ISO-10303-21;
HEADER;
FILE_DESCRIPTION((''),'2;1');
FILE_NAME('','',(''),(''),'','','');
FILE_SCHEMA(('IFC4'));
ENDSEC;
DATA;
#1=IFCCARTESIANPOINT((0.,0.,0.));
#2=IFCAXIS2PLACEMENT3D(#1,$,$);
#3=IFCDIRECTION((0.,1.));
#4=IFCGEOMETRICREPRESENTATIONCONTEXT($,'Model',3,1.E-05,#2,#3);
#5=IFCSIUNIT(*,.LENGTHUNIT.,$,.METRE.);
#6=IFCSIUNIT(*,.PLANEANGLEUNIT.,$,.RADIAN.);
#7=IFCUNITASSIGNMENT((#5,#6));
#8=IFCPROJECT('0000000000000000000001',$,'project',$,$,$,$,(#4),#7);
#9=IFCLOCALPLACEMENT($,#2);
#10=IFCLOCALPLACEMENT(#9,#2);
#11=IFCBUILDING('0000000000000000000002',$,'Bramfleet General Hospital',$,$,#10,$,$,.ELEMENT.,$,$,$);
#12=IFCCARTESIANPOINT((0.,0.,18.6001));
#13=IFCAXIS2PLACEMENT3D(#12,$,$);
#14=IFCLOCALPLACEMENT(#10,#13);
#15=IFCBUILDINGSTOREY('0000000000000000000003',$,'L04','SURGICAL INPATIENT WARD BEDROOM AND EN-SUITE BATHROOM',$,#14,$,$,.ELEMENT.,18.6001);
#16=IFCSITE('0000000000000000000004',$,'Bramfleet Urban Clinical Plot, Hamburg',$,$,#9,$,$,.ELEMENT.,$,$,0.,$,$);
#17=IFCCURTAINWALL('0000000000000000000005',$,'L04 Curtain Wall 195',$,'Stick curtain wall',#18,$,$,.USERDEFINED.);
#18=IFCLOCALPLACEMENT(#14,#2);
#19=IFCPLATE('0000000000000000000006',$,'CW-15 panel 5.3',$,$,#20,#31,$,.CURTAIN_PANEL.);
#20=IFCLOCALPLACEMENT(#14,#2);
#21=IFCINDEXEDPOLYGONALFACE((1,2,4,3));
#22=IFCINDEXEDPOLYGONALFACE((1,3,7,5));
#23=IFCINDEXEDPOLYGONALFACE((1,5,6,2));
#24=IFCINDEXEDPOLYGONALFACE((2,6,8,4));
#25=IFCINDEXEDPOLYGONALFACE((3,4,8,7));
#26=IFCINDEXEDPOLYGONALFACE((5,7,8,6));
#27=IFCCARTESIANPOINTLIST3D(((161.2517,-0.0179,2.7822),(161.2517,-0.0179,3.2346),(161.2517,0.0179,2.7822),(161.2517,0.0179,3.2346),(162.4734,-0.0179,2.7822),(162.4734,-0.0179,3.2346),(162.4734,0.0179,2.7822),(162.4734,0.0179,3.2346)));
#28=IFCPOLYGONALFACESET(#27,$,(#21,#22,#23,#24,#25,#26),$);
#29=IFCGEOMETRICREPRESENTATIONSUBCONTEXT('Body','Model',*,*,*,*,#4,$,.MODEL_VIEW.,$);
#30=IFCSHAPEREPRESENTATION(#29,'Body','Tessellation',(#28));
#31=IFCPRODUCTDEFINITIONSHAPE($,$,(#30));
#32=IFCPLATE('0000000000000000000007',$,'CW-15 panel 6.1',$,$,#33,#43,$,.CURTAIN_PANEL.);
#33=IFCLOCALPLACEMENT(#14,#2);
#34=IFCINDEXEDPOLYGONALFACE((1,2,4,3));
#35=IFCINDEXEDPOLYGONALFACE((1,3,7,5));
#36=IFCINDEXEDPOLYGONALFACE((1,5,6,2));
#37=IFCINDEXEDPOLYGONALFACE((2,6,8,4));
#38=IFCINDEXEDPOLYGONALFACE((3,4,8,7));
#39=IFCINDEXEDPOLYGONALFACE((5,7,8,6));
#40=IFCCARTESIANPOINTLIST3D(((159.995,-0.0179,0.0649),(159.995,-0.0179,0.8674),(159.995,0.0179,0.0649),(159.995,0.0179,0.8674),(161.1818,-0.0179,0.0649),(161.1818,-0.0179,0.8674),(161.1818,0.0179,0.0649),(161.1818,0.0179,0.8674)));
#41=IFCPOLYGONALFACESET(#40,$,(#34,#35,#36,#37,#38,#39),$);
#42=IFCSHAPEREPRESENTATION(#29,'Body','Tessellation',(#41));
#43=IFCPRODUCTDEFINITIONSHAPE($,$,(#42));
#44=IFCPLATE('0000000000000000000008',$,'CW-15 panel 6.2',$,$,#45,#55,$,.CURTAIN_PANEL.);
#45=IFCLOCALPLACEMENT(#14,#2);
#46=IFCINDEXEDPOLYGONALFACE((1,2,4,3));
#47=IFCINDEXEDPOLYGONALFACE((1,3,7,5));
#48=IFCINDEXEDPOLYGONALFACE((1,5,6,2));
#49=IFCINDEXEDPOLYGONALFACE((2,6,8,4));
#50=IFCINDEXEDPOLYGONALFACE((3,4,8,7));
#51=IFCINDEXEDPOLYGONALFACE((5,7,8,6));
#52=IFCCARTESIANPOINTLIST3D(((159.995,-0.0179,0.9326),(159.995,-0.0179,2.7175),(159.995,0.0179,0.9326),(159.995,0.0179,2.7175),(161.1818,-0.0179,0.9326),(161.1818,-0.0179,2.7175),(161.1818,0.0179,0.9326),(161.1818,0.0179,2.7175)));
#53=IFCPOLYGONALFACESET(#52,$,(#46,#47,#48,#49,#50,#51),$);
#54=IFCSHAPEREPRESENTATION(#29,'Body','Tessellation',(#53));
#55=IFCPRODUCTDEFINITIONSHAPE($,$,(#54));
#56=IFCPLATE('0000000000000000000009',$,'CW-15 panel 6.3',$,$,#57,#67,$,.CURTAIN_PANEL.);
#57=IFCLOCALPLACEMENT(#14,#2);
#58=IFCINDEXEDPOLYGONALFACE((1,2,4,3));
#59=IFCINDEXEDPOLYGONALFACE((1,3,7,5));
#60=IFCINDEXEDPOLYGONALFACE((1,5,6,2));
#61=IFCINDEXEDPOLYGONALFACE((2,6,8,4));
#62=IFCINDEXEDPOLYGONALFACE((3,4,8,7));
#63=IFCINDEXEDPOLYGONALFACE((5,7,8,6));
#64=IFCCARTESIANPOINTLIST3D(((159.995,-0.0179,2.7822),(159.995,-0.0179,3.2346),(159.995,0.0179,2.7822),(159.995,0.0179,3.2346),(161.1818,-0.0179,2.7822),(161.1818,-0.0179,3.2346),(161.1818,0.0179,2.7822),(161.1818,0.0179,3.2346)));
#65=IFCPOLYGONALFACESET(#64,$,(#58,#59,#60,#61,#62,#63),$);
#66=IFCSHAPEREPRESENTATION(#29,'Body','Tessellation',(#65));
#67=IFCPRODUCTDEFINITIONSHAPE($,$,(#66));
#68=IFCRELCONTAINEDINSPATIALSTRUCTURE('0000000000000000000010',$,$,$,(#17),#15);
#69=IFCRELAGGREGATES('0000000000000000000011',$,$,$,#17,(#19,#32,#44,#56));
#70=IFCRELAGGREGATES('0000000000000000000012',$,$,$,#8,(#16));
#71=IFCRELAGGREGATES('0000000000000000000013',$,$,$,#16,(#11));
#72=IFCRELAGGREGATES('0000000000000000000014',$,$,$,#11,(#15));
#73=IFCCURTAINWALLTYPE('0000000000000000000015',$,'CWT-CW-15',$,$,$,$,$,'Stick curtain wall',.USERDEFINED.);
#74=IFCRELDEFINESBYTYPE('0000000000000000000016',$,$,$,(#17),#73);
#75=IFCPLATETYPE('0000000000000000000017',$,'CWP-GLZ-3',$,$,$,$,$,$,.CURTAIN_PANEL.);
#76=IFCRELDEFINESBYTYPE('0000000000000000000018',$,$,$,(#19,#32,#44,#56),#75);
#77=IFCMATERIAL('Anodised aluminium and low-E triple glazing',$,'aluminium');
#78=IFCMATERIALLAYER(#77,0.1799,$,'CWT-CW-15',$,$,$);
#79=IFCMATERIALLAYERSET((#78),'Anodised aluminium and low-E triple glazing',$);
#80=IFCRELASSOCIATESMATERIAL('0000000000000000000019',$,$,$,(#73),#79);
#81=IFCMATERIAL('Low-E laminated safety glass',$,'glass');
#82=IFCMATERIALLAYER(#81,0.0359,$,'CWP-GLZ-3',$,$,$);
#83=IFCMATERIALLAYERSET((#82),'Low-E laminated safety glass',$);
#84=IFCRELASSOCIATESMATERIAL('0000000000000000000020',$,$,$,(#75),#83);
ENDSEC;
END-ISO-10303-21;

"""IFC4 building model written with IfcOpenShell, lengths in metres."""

from ifc_helpers import new_model, si_unit, direction, frame, origin, origin_2d, place, context, subcontext, project, spatial, rectangle, extrude, material, layer, layer_set, type_object, element, aggregate, save


model = new_model("IFC4")

# Units and contexts
model_context = context("Model", 3, precision=1e-05, world=origin(), true_north=direction((0.0, 1.0)))
body_context = subcontext(model_context, "Body", "Model", "MODEL_VIEW")
ifc_project = project(units=[si_unit("LENGTHUNIT", "METRE"), si_unit("PLANEANGLEUNIT", "RADIAN")], contexts=[model_context])

# Site, building, storey
site_placement = place(None, origin())
site = spatial("IfcSite", under=ifc_project, at=site_placement, Name="Bramfleet Urban Clinical Plot, Hamburg", CompositionType="ELEMENT", RefElevation=0.0)
building_placement = place(site_placement, origin())
building = spatial("IfcBuilding", under=site, at=building_placement, Name="Bramfleet General Hospital", CompositionType="ELEMENT")
storey_placement = place(building_placement, frame((0.0, 0.0, 18.6001)))
storey = spatial("IfcBuildingStorey", under=building, at=storey_placement, Name="L04", Description="SURGICAL INPATIENT WARD BEDROOM AND EN-SUITE BATHROOM", CompositionType="ELEMENT", Elevation=18.6001)

# Curtain wall, plates
ifc_material_1 = material(Name="Anodised aluminium and low-E triple glazing", Category="aluminium")
ifc_layer_1 = layer(ifc_material_1, 0.1799, Name="CWT-CW-15")
ifc_layer_set_1 = layer_set([ifc_layer_1], Name="Anodised aluminium and low-E triple glazing")
curtain_wall_type = type_object("IfcCurtainWallType", Name="CWT-CW-15", ElementType="Stick curtain wall", PredefinedType="USERDEFINED", material=ifc_layer_set_1)
curtain_wall_placement = place(storey_placement, origin())
curtain_wall = element("IfcCurtainWall", 1, at=curtain_wall_placement, inside=storey, type_object=curtain_wall_type, Name="L04 Curtain Wall 195", ObjectType="Stick curtain wall", PredefinedType="USERDEFINED")
ifc_material_2 = material(Name="Low-E laminated safety glass", Category="glass")
ifc_layer_2 = layer(ifc_material_2, 0.0359, Name="CWP-GLZ-3")
ifc_layer_set_2 = layer_set([ifc_layer_2], Name="Low-E laminated safety glass")
plate_type = type_object("IfcPlateType", Name="CWP-GLZ-3", PredefinedType="CURTAIN_PANEL", material=ifc_layer_set_2)
plate_1_placement = place(storey_placement, frame((161.8625, 0.0, 2.7822), z_axis=(0.0, 0.0, 1.0), x_axis=(-1.0, 0.0, 0.0)))
plate_1 = element("IfcPlate", 2, at=plate_1_placement, type_object=plate_type, Name="CW-15 panel 5.3", PredefinedType="CURTAIN_PANEL", context=body_context, shape_type="SweptSolid", body=[
    extrude(rectangle(XDim=1.2217, YDim=0.0359, at=origin_2d()), origin(), (0.0, 0.0, 1.0), 0.4524),
])
plate_2_placement = place(storey_placement, frame((160.5884, 0.0, 0.0649), z_axis=(0.0, 0.0, 1.0), x_axis=(-1.0, 0.0, 0.0)))
plate_2 = element("IfcPlate", 3, at=plate_2_placement, type_object=plate_type, Name="CW-15 panel 6.1", PredefinedType="CURTAIN_PANEL", context=body_context, shape_type="SweptSolid", body=[
    extrude(rectangle(XDim=1.1868, YDim=0.0359, at=origin_2d()), origin(), (0.0, 0.0, 1.0), 0.8025),
])
plate_3_placement = place(storey_placement, frame((160.5884, 0.0, 0.9326), z_axis=(0.0, 0.0, 1.0), x_axis=(-1.0, 0.0, 0.0)))
plate_3 = element("IfcPlate", 4, at=plate_3_placement, type_object=plate_type, Name="CW-15 panel 6.2", PredefinedType="CURTAIN_PANEL", context=body_context, shape_type="SweptSolid", body=[
    extrude(rectangle(XDim=1.1868, YDim=0.0359, at=origin_2d()), origin(), (0.0, 0.0, 1.0), 1.7849),
])
plate_4_placement = place(storey_placement, frame((160.5884, 0.0, 2.7822), z_axis=(0.0, 0.0, 1.0), x_axis=(-1.0, 0.0, 0.0)))
plate_4 = element("IfcPlate", 5, at=plate_4_placement, type_object=plate_type, Name="CW-15 panel 6.3", PredefinedType="CURTAIN_PANEL", context=body_context, shape_type="SweptSolid", body=[
    extrude(rectangle(XDim=1.1868, YDim=0.0359, at=origin_2d()), origin(), (0.0, 0.0, 1.0), 0.4524),
])
aggregate(curtain_wall, [plate_1, plate_2, plate_3, plate_4])

save(model, "model.ifc")
